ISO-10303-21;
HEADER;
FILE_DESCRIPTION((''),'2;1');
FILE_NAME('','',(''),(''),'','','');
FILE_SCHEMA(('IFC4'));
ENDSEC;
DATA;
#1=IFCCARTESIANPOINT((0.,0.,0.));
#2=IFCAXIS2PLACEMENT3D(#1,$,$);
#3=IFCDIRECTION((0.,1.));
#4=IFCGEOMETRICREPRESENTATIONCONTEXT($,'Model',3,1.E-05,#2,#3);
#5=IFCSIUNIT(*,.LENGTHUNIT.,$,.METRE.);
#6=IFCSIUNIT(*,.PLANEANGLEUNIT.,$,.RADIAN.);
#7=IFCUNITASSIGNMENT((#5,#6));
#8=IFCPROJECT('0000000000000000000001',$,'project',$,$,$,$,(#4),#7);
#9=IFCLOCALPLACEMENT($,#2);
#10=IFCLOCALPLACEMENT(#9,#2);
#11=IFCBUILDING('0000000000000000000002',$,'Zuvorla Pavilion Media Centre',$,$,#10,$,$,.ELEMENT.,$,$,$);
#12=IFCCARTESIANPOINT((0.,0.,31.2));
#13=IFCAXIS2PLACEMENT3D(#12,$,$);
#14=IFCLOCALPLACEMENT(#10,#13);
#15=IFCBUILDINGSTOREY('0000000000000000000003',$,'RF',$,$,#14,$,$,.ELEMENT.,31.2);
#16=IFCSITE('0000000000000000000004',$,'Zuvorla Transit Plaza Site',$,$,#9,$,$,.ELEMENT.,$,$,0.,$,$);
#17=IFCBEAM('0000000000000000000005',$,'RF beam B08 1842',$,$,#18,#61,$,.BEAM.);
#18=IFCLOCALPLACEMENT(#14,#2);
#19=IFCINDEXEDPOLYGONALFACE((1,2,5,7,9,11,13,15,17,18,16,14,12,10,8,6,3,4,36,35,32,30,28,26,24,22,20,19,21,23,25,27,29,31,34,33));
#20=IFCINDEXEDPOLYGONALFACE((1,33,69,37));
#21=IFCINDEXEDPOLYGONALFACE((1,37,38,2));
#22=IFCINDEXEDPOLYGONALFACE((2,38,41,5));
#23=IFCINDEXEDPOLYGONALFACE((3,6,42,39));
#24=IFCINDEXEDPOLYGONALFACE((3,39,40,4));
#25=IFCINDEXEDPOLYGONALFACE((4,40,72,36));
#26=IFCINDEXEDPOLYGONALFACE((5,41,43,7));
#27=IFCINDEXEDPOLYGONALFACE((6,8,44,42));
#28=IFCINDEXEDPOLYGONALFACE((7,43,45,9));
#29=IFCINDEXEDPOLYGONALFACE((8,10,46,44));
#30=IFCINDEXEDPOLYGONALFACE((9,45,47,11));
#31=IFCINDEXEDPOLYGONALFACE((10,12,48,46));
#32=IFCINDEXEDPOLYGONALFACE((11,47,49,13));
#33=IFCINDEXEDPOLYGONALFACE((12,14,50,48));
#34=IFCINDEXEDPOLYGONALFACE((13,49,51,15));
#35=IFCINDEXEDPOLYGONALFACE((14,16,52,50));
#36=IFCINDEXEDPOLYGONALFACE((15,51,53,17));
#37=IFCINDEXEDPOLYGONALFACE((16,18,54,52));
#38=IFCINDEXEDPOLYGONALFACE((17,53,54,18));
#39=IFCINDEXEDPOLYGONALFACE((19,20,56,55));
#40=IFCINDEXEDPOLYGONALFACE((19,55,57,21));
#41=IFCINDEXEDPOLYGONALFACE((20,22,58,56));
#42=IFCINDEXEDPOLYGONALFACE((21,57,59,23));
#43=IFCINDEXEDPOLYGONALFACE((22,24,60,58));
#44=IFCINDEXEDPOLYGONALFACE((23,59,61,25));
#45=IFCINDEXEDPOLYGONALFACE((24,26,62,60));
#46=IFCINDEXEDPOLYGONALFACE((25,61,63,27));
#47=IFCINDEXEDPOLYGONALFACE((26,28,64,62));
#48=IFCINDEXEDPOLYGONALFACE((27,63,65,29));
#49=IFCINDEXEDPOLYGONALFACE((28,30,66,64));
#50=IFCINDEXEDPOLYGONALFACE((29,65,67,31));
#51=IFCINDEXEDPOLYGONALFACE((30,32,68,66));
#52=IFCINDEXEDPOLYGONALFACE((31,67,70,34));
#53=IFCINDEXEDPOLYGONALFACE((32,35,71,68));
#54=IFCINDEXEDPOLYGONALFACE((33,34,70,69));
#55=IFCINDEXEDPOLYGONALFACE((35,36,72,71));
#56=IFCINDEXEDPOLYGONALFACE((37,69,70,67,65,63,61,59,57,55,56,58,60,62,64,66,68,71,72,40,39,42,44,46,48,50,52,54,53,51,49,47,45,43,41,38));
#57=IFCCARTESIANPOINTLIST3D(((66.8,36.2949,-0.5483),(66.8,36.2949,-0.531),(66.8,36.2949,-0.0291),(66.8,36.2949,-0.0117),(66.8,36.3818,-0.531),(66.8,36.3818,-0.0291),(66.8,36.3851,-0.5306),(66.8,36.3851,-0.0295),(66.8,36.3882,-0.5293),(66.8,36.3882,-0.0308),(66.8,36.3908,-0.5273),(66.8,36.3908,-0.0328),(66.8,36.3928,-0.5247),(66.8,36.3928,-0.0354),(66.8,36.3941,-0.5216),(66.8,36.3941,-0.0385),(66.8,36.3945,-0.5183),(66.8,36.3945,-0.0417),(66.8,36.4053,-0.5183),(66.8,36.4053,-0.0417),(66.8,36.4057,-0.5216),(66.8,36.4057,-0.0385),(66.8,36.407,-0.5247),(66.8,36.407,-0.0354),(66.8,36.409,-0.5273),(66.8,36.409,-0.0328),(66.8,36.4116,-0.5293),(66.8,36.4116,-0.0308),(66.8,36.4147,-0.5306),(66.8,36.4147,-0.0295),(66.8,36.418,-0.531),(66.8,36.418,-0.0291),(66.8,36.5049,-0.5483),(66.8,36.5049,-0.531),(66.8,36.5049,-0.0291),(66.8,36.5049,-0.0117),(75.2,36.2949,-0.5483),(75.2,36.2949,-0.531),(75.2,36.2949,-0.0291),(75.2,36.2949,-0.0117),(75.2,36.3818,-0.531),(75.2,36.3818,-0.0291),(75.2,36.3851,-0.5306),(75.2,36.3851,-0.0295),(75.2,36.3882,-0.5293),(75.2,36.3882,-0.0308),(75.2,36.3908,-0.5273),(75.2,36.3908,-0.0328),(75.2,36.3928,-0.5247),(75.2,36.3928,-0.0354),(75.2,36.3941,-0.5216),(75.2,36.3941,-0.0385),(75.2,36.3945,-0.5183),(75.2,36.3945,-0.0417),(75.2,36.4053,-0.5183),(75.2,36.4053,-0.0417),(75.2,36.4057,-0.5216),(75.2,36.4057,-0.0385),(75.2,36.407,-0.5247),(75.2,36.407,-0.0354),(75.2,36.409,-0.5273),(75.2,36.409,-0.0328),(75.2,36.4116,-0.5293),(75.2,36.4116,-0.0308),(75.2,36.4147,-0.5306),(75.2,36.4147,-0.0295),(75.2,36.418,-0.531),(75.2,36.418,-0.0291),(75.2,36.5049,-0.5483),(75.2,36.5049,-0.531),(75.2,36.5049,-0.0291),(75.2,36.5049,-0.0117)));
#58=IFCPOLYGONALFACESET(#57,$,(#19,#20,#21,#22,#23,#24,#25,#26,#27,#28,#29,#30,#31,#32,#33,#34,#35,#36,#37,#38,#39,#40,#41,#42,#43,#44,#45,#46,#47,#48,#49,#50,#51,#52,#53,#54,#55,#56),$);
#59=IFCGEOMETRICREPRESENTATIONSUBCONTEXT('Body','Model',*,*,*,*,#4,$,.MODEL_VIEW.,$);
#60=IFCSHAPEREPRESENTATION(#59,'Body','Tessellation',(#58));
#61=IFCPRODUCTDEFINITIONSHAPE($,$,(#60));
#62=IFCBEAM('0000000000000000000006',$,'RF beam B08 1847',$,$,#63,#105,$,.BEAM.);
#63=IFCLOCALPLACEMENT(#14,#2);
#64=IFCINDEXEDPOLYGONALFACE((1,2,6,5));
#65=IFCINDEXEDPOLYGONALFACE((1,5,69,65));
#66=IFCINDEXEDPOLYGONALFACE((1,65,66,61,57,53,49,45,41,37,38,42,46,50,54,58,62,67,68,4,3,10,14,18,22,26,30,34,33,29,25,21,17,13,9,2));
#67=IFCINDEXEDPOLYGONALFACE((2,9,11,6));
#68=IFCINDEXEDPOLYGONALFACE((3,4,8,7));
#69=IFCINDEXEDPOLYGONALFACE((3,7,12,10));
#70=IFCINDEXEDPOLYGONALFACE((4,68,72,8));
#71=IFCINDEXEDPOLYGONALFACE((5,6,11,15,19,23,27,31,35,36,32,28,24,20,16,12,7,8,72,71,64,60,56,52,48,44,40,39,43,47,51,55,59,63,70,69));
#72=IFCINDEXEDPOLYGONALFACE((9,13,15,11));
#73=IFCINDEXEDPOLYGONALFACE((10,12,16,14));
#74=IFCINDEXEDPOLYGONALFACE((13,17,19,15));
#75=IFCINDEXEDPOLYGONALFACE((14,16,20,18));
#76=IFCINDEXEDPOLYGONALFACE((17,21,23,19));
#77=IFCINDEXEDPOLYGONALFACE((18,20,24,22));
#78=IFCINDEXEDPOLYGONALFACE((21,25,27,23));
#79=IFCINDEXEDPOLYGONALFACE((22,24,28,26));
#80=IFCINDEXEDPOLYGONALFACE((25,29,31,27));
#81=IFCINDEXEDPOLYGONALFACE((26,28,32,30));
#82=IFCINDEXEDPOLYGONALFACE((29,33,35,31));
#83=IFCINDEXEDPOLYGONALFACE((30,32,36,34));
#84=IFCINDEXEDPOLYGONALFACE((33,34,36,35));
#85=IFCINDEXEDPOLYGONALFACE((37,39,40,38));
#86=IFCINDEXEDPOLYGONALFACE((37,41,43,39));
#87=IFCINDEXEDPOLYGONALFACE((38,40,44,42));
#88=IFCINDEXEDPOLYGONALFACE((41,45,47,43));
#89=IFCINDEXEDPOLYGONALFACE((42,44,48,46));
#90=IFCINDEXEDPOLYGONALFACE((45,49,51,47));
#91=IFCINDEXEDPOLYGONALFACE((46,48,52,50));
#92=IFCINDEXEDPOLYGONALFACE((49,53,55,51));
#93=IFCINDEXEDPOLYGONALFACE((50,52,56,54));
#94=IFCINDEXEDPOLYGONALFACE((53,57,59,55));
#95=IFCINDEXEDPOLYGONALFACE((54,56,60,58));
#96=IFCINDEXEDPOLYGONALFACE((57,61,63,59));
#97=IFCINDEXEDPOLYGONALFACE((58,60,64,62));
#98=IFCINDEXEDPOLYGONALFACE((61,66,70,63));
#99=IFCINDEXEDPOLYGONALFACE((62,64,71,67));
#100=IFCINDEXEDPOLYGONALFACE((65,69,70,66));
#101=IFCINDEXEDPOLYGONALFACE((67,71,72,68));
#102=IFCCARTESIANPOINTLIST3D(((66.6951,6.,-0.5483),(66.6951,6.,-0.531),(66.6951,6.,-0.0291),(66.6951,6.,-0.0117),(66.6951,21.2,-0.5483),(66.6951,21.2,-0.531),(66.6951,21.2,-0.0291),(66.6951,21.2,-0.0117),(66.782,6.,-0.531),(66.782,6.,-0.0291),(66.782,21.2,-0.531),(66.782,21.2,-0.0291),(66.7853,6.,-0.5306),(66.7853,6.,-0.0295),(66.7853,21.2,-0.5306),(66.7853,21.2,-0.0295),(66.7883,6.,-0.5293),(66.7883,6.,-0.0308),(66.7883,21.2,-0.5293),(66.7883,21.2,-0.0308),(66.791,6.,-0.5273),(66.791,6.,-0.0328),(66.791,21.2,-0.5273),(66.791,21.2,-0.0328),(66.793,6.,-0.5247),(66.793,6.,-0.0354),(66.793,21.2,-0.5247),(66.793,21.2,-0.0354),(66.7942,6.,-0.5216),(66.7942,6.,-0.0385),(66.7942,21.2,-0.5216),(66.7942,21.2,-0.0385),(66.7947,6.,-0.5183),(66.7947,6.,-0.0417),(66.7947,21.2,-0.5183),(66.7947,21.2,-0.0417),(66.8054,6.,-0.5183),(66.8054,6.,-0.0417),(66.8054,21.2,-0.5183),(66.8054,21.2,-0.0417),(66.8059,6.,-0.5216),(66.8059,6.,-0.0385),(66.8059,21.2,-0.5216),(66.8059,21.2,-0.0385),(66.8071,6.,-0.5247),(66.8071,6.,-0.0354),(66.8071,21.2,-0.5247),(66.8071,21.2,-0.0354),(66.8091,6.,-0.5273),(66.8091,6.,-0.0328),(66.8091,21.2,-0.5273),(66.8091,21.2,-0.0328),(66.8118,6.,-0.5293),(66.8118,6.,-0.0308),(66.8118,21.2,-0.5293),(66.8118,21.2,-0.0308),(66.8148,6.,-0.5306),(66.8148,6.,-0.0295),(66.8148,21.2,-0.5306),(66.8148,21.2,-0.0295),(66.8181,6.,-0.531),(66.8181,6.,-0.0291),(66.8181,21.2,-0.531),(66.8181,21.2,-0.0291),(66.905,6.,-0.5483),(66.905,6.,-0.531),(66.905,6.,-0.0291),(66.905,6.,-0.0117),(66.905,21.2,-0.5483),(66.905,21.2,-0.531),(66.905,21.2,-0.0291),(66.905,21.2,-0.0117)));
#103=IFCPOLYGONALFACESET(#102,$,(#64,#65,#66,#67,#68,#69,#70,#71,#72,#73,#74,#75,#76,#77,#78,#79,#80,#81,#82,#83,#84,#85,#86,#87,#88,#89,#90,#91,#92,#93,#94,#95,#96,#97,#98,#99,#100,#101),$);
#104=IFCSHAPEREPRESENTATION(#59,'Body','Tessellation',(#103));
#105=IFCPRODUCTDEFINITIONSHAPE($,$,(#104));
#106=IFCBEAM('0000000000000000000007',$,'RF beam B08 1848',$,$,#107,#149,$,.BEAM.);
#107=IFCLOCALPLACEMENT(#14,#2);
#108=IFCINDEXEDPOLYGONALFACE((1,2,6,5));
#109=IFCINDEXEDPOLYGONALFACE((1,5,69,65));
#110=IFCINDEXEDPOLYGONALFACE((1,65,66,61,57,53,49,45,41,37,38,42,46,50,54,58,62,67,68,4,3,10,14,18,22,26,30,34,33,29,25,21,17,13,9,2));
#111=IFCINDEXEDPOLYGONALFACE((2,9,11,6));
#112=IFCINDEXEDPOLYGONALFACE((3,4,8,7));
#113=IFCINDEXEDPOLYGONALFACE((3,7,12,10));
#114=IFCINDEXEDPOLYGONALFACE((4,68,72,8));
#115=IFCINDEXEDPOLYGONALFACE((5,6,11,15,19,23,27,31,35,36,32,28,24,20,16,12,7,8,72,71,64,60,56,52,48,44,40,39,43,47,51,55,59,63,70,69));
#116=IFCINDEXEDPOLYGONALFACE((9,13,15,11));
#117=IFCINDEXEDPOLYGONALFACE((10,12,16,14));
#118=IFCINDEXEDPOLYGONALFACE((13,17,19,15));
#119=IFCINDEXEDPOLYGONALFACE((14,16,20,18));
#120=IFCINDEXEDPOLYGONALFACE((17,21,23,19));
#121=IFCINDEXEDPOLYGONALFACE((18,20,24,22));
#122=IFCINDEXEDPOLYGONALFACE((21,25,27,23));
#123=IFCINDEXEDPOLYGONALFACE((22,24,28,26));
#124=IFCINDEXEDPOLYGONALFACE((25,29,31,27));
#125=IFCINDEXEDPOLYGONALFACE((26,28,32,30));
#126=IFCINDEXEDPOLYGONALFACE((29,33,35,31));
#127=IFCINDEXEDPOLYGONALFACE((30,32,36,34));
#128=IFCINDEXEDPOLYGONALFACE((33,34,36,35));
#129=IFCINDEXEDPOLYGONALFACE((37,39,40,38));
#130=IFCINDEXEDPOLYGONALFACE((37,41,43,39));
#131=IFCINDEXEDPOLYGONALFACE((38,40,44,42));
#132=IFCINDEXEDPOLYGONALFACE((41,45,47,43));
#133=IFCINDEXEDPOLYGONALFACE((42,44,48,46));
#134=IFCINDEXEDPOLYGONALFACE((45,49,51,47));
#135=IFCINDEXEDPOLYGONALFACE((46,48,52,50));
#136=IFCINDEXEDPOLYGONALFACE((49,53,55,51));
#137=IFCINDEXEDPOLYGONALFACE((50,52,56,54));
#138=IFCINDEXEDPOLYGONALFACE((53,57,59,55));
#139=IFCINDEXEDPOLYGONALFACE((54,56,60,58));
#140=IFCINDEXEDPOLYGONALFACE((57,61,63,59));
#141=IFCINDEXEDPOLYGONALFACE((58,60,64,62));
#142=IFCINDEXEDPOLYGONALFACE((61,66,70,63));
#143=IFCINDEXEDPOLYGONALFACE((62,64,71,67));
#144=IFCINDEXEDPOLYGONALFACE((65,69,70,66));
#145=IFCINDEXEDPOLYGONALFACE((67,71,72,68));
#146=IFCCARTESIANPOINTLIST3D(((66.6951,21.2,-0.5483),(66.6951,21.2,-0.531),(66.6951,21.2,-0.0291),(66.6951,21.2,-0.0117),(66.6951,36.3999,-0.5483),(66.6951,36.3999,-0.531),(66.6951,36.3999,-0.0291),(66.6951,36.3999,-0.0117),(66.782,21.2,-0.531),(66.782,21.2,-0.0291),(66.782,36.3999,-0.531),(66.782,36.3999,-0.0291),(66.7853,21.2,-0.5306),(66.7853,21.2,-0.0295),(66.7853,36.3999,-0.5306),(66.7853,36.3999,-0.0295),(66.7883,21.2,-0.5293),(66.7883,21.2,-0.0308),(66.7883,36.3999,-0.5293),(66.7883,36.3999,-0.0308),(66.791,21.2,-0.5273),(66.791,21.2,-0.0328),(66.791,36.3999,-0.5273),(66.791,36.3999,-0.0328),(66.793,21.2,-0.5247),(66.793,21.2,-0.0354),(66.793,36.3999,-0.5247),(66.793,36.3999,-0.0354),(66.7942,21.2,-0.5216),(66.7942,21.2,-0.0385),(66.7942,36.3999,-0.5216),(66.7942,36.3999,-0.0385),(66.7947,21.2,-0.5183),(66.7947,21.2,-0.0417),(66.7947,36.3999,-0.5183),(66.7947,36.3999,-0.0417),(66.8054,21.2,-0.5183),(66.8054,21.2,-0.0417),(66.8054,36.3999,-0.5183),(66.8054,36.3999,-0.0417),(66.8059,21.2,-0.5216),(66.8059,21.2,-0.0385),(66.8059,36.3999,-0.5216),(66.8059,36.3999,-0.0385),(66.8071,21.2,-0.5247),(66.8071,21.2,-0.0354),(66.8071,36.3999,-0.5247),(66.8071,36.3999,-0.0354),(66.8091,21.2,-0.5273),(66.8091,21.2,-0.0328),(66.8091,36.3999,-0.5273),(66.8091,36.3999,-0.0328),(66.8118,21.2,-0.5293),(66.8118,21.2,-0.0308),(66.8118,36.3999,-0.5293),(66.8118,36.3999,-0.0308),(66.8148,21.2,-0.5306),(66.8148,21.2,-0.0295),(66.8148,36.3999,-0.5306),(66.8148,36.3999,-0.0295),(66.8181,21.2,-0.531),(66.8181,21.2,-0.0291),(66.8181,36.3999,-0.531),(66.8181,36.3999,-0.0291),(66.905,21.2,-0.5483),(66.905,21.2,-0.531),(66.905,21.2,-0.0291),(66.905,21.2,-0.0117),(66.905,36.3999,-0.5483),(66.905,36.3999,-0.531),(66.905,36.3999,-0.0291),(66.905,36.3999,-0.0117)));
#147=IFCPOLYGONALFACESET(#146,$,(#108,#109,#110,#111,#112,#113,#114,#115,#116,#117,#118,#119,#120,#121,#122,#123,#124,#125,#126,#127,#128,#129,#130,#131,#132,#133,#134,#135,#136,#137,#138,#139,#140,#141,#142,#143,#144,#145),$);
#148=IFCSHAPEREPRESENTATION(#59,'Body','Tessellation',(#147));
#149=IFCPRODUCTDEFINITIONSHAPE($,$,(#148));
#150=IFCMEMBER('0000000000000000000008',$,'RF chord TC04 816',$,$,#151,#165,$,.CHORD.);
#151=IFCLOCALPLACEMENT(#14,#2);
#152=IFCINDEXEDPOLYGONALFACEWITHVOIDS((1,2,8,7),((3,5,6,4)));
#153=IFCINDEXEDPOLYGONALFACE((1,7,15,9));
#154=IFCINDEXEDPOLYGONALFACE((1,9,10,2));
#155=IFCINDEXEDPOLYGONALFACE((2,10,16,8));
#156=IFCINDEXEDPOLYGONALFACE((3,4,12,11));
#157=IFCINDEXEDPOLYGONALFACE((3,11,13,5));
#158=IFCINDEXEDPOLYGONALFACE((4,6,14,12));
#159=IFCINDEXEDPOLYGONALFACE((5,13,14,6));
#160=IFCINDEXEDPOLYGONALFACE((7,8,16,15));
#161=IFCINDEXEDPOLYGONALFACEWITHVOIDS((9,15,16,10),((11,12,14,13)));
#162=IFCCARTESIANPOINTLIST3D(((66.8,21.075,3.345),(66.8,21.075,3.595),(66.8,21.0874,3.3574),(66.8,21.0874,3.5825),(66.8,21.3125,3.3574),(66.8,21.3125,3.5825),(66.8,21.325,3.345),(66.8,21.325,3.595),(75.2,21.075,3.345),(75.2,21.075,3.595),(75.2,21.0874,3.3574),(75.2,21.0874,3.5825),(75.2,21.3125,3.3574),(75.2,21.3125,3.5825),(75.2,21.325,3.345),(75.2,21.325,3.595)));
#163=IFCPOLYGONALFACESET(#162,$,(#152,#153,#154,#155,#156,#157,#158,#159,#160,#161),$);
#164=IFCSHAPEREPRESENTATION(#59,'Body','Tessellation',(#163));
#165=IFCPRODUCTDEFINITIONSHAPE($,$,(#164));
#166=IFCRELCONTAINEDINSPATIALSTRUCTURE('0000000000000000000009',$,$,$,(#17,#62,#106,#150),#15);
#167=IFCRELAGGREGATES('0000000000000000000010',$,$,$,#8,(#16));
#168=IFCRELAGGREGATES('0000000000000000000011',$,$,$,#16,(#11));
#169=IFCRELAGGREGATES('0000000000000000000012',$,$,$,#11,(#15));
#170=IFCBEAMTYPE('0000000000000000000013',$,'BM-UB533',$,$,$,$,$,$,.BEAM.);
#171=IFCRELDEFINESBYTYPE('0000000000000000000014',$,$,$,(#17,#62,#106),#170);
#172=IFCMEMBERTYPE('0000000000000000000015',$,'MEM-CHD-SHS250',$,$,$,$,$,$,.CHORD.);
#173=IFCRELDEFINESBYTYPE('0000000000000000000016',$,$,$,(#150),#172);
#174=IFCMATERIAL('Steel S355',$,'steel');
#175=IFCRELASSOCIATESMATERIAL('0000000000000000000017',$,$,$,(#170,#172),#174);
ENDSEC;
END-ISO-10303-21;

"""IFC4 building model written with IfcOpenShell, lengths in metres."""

from ifc_helpers import new_model, si_unit, direction, frame, origin, origin_2d, place, context, subcontext, project, spatial, hollow_rectangle, i_section, extrude, material, material_profile, profile_set, type_object, element, save


model = new_model("IFC4")

# Units and contexts
model_context = context("Model", 3, precision=1e-05, world=origin(), true_north=direction((0.0, 1.0)))
body_context = subcontext(model_context, "Body", "Model", "MODEL_VIEW")
ifc_project = project(units=[si_unit("LENGTHUNIT", "METRE"), si_unit("PLANEANGLEUNIT", "RADIAN")], contexts=[model_context])

# Site, building, storey
site_placement = place(None, origin())
site = spatial("IfcSite", under=ifc_project, at=site_placement, Name="Zuvorla Transit Plaza Site", CompositionType="ELEMENT", RefElevation=0.0)
building_placement = place(site_placement, origin())
building = spatial("IfcBuilding", under=site, at=building_placement, Name="Zuvorla Pavilion Media Centre", CompositionType="ELEMENT")
storey_placement = place(building_placement, frame((0.0, 0.0, 31.2)))
storey = spatial("IfcBuildingStorey", under=building, at=storey_placement, Name="RF", CompositionType="ELEMENT", Elevation=31.2)

# Beams
ifc_material_1 = material(Name="Steel S355", Category="steel")
ifc_material_profile_1 = material_profile(ifc_material_1, i_section(OverallWidth=0.21, OverallDepth=0.5366, WebThickness=0.0107, FlangeThickness=0.0173, FilletRadius=0.0127, at=origin_2d()), Name="UB 533x210x101")
ifc_profile_set_1 = profile_set([ifc_material_profile_1], Name="Steel S355")
beam_type = type_object("IfcBeamType", Name="BM-UB533", PredefinedType="BEAM", material=ifc_profile_set_1)
beam_1_placement = place(storey_placement, frame((66.8, 36.3999, -0.28), z_axis=(1.0, 0.0, 0.0), x_axis=(0.0, 1.0, 0.0)))
element("IfcBeam", 1, at=beam_1_placement, inside=storey, type_object=beam_type, Name="RF beam B08 1842", PredefinedType="BEAM", context=body_context, shape_type="SweptSolid", body=[
    extrude(i_section(OverallWidth=0.21, OverallDepth=0.5366, WebThickness=0.0107, FlangeThickness=0.0173, FilletRadius=0.0127, at=origin_2d()), origin(), (0.0, 0.0, 1.0), 8.3999),
])
for number, where, z_axis, x_axis, name in (
    (2, (66.8, 6.0, -0.28), (0.0, 1.0, 0.0), (-1.0, 0.0, 0.0), "RF beam B08 1847"),
    (3, (66.8, 21.2, -0.28), (0.0, 1.0, 0.0), (-1.0, 0.0, 0.0), "RF beam B08 1848"),
):
    element("IfcBeam", number, at=place(storey_placement, frame(where, z_axis=z_axis, x_axis=x_axis)), inside=storey, type_object=beam_type, Name=name, PredefinedType="BEAM", context=body_context, shape_type="SweptSolid", body=[
        extrude(i_section(OverallWidth=0.21, OverallDepth=0.5366, WebThickness=0.0107, FlangeThickness=0.0173, FilletRadius=0.0127, at=origin_2d()), origin(), (0.0, 0.0, 1.0), 15.2),
    ])

# Member
ifc_material_profile_2 = material_profile(ifc_material_1, hollow_rectangle(XDim=0.25, YDim=0.25, WallThickness=0.0125, at=origin_2d()), Name="SHS 250x250x12.5")
ifc_profile_set_2 = profile_set([ifc_material_profile_2], Name="Steel S355")
member_type_1 = type_object("IfcMemberType", Name="MEM-CHD-SHS250", PredefinedType="CHORD", material=ifc_profile_set_2)
member_1_placement = place(storey_placement, frame((66.8, 21.2, 3.47), z_axis=(1.0, 0.0, 0.0), x_axis=(0.0, 1.0, 0.0)))
element("IfcMember", 4, at=member_1_placement, inside=storey, type_object=member_type_1, Name="RF chord TC04 816", PredefinedType="CHORD", context=body_context, shape_type="SweptSolid", body=[
    extrude(hollow_rectangle(XDim=0.25, YDim=0.25, WallThickness=0.0125, at=origin_2d()), origin(), (0.0, 0.0, 1.0), 8.3999),
])

save(model, "model.ifc")
